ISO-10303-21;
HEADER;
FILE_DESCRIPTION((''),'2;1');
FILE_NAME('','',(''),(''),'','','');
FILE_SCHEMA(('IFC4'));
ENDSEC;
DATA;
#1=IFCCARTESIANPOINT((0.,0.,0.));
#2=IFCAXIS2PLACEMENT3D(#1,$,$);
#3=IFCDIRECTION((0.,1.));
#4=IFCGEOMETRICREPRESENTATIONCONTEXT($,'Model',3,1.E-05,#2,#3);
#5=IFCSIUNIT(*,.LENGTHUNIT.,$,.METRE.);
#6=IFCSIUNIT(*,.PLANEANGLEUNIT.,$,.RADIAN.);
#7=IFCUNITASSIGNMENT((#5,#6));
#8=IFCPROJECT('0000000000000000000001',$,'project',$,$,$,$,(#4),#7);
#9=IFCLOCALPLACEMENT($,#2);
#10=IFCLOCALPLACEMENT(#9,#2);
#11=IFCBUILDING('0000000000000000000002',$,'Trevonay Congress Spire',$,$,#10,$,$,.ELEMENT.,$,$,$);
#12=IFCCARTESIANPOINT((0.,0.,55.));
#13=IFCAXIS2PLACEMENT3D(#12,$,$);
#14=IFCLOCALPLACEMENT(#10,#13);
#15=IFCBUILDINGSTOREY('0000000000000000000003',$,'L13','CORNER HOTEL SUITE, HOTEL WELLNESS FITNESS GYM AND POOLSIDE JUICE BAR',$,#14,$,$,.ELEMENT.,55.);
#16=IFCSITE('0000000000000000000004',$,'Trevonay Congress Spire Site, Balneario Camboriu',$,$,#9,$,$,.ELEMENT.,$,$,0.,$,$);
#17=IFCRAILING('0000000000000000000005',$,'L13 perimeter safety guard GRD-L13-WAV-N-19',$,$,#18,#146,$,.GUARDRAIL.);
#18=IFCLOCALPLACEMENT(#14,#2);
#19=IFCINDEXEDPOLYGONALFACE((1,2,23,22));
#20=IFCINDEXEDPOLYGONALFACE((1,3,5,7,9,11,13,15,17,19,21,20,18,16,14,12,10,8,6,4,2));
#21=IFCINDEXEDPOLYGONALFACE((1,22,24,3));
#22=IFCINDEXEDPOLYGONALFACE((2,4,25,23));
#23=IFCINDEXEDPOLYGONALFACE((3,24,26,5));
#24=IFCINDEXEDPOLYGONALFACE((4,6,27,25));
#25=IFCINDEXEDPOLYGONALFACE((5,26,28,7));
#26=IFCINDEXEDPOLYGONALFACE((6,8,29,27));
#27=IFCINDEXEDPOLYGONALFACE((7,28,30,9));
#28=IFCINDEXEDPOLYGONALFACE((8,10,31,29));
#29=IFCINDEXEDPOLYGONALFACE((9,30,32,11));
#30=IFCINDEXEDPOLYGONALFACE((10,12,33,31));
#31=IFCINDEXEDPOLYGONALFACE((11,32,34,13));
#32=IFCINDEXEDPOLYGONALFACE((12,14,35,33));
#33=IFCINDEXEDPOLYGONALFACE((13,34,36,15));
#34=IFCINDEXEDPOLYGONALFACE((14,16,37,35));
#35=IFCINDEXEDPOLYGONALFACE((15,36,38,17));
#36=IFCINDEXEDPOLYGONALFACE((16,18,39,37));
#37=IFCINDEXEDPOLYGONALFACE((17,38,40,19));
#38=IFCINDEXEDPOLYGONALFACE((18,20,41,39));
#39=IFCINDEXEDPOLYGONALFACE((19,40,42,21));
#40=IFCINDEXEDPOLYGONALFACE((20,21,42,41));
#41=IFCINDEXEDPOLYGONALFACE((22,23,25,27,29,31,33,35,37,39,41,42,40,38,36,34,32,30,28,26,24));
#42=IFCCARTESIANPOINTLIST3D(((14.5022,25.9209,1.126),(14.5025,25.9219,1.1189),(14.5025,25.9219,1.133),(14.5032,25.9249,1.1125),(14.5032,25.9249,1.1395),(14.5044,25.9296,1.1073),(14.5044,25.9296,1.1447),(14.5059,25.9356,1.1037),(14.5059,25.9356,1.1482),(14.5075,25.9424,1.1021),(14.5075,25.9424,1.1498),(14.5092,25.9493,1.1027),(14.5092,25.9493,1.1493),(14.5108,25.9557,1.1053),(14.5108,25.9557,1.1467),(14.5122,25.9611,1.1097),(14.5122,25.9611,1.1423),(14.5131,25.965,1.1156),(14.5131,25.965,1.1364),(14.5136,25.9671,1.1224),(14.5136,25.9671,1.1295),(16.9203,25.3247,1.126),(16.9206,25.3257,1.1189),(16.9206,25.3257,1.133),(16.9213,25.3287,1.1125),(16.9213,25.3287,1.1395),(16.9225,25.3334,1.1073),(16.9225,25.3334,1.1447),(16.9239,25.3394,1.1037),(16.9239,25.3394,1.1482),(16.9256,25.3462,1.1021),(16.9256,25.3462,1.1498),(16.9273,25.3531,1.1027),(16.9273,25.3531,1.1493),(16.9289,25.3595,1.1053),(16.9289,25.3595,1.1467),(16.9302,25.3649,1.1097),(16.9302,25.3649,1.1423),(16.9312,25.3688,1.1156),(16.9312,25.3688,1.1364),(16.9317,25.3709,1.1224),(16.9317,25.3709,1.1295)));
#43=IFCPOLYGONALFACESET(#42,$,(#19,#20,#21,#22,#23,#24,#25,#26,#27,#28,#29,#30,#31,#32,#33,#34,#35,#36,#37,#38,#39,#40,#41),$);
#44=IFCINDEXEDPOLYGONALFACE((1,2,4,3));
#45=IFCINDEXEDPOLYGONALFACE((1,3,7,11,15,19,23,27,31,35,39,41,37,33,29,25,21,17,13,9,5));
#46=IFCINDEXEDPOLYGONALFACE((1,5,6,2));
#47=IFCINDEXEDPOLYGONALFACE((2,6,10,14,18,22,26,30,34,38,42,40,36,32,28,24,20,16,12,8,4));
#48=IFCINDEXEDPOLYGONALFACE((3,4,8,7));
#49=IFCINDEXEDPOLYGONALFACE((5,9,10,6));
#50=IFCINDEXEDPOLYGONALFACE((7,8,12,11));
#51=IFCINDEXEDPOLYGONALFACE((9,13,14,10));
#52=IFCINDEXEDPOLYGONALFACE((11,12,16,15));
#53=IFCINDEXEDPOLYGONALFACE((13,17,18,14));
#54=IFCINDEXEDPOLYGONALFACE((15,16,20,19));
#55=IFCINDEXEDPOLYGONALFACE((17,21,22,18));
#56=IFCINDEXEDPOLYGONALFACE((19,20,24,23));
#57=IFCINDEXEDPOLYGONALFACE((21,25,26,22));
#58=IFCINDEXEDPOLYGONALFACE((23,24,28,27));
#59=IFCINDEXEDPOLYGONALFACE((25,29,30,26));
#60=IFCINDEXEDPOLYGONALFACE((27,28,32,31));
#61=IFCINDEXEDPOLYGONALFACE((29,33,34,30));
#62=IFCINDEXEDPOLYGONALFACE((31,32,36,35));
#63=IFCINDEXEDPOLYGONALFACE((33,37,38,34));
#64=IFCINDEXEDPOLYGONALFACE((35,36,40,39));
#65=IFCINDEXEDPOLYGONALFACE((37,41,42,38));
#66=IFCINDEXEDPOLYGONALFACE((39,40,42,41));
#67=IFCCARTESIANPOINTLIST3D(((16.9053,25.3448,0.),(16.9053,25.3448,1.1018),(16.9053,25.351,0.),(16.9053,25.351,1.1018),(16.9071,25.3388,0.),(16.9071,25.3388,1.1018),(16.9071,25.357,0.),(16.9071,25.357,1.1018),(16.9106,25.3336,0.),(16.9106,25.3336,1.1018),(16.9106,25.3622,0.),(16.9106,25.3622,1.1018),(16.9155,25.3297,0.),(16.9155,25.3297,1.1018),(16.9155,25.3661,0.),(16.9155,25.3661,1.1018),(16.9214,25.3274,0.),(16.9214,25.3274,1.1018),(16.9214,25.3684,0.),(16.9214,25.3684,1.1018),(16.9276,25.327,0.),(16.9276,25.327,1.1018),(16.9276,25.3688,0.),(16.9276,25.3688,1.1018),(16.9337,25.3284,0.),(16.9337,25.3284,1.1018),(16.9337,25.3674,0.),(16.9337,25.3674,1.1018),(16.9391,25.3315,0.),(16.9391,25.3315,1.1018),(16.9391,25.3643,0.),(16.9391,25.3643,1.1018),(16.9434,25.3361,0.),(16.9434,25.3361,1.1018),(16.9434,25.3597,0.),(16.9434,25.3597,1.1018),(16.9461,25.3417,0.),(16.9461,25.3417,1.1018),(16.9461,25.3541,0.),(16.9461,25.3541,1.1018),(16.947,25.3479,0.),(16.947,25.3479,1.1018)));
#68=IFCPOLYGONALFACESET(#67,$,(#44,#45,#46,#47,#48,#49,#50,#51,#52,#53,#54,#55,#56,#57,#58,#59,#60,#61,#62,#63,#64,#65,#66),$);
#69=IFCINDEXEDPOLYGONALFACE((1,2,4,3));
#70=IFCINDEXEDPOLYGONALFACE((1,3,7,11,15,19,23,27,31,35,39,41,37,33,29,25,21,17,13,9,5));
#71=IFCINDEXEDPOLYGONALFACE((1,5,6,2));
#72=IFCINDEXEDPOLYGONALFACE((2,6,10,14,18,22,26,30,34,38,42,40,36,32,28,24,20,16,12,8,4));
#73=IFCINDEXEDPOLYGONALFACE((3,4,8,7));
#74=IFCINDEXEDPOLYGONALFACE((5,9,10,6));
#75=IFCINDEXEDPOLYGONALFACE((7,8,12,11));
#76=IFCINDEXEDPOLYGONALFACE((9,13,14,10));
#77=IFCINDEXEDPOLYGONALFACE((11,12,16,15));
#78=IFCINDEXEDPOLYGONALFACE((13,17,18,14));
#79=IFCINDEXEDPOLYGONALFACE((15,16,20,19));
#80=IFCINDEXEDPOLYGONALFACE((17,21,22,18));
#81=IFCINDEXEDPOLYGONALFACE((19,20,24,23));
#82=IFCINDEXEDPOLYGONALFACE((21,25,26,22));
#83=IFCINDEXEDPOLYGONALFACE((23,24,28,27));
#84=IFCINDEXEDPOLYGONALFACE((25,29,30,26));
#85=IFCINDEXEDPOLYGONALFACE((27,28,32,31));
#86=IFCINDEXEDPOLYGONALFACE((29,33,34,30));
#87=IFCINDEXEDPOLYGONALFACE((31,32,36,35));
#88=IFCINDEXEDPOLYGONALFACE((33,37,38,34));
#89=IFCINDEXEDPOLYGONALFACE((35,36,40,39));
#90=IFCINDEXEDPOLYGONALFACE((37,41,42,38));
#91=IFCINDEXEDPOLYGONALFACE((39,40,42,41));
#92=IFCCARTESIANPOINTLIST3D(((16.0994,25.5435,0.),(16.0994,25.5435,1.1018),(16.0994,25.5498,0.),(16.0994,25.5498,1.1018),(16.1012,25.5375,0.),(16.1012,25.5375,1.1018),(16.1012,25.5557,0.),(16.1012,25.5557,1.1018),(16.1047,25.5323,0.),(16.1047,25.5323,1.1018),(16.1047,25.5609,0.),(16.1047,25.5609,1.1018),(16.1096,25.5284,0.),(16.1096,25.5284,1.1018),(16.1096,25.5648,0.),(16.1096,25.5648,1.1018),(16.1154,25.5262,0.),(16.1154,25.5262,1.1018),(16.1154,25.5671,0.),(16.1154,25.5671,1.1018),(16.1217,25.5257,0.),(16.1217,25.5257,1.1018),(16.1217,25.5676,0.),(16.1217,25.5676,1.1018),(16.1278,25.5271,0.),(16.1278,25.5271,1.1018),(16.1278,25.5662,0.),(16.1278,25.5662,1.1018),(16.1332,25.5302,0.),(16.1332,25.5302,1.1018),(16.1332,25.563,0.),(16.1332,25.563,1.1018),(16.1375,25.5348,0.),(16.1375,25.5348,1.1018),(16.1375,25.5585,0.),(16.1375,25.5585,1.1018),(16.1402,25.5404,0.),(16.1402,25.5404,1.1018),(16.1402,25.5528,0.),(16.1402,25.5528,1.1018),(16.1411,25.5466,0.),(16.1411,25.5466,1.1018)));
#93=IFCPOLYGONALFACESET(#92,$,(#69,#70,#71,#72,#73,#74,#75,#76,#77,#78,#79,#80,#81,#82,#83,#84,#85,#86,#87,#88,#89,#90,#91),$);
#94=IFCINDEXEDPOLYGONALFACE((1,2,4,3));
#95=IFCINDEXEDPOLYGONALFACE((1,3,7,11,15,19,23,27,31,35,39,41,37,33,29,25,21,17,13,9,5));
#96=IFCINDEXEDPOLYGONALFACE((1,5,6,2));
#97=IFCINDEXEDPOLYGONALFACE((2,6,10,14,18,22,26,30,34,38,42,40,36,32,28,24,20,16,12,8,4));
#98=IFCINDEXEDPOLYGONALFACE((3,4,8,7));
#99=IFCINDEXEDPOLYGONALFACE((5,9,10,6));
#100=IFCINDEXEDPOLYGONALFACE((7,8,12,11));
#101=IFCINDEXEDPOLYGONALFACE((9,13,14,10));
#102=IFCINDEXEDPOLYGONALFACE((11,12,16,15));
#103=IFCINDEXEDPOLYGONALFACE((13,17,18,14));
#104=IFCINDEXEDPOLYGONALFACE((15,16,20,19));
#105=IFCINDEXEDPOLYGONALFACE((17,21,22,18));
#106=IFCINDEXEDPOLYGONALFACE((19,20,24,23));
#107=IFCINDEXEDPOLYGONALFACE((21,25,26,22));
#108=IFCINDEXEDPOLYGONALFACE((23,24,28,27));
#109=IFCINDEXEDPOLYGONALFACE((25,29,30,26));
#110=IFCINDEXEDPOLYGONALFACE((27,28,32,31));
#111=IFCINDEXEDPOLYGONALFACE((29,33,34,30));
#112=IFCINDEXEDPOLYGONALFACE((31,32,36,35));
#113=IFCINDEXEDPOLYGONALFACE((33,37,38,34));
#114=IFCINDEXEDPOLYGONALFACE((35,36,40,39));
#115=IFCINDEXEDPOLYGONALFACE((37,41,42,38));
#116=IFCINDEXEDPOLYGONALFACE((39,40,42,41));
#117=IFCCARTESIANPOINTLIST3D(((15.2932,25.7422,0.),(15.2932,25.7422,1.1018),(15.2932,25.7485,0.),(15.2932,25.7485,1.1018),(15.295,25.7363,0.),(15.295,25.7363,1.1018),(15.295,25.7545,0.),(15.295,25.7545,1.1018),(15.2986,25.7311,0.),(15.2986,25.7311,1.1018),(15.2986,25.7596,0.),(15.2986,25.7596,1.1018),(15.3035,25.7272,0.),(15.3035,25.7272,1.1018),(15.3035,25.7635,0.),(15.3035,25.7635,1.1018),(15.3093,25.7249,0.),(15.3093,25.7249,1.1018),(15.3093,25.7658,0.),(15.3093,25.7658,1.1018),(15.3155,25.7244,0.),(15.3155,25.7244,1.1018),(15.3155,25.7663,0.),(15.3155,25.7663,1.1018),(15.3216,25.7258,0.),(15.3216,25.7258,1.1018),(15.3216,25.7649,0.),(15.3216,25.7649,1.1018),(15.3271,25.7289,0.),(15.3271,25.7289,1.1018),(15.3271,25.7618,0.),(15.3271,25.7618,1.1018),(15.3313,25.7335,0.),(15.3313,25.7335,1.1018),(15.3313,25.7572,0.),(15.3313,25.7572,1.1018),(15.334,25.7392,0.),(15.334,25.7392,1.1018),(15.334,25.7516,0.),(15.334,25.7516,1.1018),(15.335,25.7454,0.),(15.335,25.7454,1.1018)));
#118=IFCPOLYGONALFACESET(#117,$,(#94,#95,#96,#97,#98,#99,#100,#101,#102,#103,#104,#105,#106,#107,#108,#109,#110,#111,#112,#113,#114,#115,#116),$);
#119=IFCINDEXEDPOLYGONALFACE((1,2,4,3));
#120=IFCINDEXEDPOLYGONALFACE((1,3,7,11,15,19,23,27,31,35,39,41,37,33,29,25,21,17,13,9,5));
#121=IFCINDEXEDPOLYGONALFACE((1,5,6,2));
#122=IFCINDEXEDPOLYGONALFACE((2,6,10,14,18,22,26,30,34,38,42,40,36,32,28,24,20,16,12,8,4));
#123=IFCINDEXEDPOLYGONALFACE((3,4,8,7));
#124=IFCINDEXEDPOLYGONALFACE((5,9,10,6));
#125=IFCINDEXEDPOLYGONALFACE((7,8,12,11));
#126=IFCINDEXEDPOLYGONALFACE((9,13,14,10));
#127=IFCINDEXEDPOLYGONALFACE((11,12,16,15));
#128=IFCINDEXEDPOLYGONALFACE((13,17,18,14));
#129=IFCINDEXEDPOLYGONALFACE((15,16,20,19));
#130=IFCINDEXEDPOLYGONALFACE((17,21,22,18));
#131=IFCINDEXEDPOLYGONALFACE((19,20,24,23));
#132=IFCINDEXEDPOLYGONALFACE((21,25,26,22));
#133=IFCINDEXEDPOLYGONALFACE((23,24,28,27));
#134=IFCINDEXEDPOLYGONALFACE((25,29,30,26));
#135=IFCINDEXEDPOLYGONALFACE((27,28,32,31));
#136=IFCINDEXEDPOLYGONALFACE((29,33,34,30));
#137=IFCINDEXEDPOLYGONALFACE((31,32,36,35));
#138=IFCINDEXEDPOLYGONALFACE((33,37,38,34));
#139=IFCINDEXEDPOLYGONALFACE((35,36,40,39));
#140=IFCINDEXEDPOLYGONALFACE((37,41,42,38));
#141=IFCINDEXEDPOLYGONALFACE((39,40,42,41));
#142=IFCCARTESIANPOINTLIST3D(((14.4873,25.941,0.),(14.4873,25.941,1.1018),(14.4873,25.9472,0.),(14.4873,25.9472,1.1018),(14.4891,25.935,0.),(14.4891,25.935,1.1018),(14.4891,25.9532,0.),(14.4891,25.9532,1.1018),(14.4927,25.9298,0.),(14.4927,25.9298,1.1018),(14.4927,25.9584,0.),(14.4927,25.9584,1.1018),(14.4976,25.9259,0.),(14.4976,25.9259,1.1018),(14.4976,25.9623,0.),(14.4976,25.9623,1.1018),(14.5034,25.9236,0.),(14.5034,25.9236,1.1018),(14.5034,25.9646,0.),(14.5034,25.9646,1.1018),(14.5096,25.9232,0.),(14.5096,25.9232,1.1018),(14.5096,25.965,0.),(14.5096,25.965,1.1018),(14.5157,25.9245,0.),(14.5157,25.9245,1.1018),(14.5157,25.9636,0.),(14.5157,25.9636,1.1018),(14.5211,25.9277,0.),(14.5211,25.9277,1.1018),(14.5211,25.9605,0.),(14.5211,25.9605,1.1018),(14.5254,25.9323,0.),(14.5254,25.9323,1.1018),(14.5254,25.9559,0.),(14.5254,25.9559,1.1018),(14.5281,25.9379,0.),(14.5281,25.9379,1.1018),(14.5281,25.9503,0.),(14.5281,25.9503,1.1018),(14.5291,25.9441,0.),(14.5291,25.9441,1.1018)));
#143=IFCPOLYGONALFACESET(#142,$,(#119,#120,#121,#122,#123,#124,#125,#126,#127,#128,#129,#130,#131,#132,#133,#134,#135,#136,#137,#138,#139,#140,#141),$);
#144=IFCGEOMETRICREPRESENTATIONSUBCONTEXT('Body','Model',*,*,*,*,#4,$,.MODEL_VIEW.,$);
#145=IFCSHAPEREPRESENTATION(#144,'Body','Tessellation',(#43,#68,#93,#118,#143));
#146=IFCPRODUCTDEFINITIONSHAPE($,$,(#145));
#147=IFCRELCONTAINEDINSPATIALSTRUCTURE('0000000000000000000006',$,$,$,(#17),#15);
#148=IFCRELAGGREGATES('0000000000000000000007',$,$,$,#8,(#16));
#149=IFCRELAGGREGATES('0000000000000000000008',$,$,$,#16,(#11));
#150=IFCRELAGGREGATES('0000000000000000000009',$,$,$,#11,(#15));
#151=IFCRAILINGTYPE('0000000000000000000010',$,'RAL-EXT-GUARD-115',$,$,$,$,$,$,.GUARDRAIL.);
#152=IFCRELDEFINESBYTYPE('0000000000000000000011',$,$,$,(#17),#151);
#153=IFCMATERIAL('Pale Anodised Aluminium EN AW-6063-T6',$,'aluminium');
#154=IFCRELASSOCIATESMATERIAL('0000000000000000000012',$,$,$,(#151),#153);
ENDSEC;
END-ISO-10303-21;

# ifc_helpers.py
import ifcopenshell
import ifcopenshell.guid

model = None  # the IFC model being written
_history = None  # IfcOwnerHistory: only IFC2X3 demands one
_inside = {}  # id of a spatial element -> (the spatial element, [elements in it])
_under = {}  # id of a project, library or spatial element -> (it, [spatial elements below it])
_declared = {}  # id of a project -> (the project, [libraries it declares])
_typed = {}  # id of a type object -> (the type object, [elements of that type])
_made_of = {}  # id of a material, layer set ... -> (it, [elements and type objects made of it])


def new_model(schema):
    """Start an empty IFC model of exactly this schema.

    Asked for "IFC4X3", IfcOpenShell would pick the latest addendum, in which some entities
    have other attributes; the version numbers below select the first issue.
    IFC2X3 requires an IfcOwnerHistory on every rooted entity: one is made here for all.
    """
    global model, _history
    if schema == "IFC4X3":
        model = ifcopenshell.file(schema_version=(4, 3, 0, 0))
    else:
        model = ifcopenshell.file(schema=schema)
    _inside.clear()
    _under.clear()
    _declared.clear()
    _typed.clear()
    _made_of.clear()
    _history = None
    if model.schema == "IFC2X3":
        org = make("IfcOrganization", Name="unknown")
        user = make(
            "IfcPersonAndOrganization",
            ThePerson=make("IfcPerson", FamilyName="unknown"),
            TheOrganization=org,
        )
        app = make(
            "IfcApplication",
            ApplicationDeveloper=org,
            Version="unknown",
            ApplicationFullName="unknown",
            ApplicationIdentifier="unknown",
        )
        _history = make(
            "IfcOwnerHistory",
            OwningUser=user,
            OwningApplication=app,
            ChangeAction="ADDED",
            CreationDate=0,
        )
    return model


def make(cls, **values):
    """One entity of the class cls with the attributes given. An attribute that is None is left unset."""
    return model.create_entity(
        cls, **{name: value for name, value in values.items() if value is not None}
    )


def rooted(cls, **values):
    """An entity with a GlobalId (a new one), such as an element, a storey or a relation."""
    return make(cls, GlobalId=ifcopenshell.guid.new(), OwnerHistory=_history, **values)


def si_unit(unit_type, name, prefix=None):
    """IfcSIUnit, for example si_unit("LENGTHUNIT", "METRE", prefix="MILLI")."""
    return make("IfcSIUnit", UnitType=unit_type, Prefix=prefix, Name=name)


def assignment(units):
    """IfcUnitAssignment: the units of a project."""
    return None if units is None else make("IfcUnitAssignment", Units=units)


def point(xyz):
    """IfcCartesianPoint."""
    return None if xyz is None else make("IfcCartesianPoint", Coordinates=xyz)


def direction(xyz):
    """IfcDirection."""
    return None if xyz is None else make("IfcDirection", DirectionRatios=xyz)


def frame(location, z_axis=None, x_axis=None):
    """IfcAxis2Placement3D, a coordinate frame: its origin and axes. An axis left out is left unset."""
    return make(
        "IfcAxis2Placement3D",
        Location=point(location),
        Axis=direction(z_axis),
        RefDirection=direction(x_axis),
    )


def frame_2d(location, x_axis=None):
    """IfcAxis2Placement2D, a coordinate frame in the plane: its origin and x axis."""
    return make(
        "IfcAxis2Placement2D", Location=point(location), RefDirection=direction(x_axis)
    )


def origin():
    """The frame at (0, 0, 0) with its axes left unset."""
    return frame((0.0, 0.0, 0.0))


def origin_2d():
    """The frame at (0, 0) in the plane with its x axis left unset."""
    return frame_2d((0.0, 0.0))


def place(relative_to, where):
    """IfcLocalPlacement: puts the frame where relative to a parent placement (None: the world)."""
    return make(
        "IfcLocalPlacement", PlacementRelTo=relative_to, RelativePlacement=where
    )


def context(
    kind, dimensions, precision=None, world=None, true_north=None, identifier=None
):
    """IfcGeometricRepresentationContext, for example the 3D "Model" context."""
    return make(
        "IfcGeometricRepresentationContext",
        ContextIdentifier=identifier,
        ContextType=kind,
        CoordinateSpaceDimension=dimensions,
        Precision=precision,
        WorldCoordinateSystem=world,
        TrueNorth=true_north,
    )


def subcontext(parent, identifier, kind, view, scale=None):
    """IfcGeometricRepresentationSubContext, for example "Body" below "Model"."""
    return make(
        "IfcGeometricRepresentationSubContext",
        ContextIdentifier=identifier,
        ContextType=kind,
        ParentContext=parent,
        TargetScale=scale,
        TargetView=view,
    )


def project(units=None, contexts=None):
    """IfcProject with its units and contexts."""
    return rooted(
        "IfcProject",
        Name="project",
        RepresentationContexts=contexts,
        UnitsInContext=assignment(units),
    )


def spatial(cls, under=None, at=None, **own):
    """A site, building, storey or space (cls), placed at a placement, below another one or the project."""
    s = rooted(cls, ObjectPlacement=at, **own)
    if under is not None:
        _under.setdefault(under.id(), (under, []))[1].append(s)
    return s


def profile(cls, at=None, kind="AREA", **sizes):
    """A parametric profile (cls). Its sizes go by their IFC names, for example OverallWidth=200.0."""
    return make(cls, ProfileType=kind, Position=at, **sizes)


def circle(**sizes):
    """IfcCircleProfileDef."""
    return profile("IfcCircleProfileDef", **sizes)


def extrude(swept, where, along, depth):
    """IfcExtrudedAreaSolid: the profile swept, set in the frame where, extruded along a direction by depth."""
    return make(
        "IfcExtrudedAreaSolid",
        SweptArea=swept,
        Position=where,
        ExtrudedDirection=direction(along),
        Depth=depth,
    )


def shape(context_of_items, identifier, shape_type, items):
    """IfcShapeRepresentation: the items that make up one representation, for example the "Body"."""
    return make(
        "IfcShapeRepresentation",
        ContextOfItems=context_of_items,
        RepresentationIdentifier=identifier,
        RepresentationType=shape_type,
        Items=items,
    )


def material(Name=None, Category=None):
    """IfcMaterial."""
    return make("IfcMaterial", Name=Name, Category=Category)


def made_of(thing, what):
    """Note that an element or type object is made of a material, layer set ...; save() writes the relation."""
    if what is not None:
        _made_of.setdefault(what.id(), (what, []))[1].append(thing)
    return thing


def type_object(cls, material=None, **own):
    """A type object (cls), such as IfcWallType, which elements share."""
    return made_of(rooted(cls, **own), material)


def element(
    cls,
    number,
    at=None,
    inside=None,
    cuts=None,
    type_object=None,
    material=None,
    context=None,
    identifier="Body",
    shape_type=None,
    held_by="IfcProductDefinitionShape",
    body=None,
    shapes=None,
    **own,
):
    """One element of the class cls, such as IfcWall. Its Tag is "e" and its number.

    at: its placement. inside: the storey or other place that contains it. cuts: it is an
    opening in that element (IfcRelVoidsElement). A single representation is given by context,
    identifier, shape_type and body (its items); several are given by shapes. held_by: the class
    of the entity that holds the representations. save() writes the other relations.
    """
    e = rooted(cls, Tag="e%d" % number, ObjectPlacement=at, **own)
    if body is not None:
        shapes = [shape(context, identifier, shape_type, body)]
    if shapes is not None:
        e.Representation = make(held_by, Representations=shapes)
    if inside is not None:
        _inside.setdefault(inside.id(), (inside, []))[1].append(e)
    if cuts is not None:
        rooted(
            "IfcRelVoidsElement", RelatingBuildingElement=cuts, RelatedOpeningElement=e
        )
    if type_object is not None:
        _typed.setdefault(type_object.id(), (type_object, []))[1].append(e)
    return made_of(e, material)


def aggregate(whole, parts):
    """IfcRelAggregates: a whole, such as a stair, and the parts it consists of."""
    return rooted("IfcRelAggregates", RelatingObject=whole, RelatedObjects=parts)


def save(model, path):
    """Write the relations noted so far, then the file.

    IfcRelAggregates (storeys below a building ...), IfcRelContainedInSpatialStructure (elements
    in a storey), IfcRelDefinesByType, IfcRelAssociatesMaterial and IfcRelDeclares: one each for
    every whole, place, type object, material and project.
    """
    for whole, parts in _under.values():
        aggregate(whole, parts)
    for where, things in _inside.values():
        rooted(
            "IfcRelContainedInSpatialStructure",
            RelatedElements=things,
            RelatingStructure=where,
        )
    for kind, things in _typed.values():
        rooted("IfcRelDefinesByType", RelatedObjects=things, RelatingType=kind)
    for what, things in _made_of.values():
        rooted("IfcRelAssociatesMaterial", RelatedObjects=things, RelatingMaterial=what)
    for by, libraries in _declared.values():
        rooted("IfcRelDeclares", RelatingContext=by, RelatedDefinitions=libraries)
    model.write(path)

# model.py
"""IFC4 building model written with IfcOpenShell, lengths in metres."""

from ifc_helpers import new_model, si_unit, direction, frame, origin, origin_2d, place, context, subcontext, project, spatial, circle, extrude, material, type_object, element, save


model = new_model("IFC4")

# Units and contexts
model_context = context("Model", 3, precision=1e-05, world=origin(), true_north=direction((0.0, 1.0)))
body_context = subcontext(model_context, "Body", "Model", "MODEL_VIEW")
ifc_project = project(units=[si_unit("LENGTHUNIT", "METRE"), si_unit("PLANEANGLEUNIT", "RADIAN")], contexts=[model_context])

# Site, building, storey
site_placement = place(None, origin())
site = spatial("IfcSite", under=ifc_project, at=site_placement, Name="Trevonay Congress Spire Site, Balneario Camboriu", CompositionType="ELEMENT", RefElevation=0.0)
building_placement = place(site_placement, origin())
building = spatial("IfcBuilding", under=site, at=building_placement, Name="Trevonay Congress Spire", CompositionType="ELEMENT")
storey_placement = place(building_placement, frame((0.0, 0.0, 55.0)))
storey = spatial("IfcBuildingStorey", under=building, at=storey_placement, Name="L13", Description="CORNER HOTEL SUITE, HOTEL WELLNESS FITNESS GYM AND POOLSIDE JUICE BAR", CompositionType="ELEMENT", Elevation=55.0)

# Shared definitions
ifc_material_1 = material(Name="Pale Anodised Aluminium EN AW-6063-T6", Category="aluminium")

# Railing
railing_type = type_object("IfcRailingType", Name="RAL-EXT-GUARD-115", PredefinedType="GUARDRAIL", material=ifc_material_1)
railing_1_placement = place(storey_placement, frame((16.926, 25.3479, 0.0)))
element("IfcRailing", 1, at=railing_1_placement, inside=storey, type_object=railing_type, Name="L13 perimeter safety guard GRD-L13-WAV-N-19", PredefinedType="GUARDRAIL", context=body_context, shape_type="SweptSolid", body=[
    extrude(circle(Radius=0.0239, at=origin_2d()), frame((0.0, 0.0, 1.126), z_axis=(-0.970922, 0.239397, 0.0), x_axis=(-0.239397, -0.970922, 0.0)), (0.0, 0.0, 1.0), 2.4905),
    extrude(circle(Radius=0.021, at=origin_2d()), origin(), (0.0, 0.0, 1.0), 1.1018),
    extrude(circle(Radius=0.021, at=origin_2d()), frame((-0.8059, 0.1987, 0.0)), (0.0, 0.0, 1.0), 1.1018),
    extrude(circle(Radius=0.021, at=origin_2d()), frame((-1.6121, 0.3975, 0.0)), (0.0, 0.0, 1.0), 1.1018),
    extrude(circle(Radius=0.021, at=origin_2d()), frame((-2.418, 0.5962, 0.0)), (0.0, 0.0, 1.0), 1.1018),
])

save(model, "model.ifc")
